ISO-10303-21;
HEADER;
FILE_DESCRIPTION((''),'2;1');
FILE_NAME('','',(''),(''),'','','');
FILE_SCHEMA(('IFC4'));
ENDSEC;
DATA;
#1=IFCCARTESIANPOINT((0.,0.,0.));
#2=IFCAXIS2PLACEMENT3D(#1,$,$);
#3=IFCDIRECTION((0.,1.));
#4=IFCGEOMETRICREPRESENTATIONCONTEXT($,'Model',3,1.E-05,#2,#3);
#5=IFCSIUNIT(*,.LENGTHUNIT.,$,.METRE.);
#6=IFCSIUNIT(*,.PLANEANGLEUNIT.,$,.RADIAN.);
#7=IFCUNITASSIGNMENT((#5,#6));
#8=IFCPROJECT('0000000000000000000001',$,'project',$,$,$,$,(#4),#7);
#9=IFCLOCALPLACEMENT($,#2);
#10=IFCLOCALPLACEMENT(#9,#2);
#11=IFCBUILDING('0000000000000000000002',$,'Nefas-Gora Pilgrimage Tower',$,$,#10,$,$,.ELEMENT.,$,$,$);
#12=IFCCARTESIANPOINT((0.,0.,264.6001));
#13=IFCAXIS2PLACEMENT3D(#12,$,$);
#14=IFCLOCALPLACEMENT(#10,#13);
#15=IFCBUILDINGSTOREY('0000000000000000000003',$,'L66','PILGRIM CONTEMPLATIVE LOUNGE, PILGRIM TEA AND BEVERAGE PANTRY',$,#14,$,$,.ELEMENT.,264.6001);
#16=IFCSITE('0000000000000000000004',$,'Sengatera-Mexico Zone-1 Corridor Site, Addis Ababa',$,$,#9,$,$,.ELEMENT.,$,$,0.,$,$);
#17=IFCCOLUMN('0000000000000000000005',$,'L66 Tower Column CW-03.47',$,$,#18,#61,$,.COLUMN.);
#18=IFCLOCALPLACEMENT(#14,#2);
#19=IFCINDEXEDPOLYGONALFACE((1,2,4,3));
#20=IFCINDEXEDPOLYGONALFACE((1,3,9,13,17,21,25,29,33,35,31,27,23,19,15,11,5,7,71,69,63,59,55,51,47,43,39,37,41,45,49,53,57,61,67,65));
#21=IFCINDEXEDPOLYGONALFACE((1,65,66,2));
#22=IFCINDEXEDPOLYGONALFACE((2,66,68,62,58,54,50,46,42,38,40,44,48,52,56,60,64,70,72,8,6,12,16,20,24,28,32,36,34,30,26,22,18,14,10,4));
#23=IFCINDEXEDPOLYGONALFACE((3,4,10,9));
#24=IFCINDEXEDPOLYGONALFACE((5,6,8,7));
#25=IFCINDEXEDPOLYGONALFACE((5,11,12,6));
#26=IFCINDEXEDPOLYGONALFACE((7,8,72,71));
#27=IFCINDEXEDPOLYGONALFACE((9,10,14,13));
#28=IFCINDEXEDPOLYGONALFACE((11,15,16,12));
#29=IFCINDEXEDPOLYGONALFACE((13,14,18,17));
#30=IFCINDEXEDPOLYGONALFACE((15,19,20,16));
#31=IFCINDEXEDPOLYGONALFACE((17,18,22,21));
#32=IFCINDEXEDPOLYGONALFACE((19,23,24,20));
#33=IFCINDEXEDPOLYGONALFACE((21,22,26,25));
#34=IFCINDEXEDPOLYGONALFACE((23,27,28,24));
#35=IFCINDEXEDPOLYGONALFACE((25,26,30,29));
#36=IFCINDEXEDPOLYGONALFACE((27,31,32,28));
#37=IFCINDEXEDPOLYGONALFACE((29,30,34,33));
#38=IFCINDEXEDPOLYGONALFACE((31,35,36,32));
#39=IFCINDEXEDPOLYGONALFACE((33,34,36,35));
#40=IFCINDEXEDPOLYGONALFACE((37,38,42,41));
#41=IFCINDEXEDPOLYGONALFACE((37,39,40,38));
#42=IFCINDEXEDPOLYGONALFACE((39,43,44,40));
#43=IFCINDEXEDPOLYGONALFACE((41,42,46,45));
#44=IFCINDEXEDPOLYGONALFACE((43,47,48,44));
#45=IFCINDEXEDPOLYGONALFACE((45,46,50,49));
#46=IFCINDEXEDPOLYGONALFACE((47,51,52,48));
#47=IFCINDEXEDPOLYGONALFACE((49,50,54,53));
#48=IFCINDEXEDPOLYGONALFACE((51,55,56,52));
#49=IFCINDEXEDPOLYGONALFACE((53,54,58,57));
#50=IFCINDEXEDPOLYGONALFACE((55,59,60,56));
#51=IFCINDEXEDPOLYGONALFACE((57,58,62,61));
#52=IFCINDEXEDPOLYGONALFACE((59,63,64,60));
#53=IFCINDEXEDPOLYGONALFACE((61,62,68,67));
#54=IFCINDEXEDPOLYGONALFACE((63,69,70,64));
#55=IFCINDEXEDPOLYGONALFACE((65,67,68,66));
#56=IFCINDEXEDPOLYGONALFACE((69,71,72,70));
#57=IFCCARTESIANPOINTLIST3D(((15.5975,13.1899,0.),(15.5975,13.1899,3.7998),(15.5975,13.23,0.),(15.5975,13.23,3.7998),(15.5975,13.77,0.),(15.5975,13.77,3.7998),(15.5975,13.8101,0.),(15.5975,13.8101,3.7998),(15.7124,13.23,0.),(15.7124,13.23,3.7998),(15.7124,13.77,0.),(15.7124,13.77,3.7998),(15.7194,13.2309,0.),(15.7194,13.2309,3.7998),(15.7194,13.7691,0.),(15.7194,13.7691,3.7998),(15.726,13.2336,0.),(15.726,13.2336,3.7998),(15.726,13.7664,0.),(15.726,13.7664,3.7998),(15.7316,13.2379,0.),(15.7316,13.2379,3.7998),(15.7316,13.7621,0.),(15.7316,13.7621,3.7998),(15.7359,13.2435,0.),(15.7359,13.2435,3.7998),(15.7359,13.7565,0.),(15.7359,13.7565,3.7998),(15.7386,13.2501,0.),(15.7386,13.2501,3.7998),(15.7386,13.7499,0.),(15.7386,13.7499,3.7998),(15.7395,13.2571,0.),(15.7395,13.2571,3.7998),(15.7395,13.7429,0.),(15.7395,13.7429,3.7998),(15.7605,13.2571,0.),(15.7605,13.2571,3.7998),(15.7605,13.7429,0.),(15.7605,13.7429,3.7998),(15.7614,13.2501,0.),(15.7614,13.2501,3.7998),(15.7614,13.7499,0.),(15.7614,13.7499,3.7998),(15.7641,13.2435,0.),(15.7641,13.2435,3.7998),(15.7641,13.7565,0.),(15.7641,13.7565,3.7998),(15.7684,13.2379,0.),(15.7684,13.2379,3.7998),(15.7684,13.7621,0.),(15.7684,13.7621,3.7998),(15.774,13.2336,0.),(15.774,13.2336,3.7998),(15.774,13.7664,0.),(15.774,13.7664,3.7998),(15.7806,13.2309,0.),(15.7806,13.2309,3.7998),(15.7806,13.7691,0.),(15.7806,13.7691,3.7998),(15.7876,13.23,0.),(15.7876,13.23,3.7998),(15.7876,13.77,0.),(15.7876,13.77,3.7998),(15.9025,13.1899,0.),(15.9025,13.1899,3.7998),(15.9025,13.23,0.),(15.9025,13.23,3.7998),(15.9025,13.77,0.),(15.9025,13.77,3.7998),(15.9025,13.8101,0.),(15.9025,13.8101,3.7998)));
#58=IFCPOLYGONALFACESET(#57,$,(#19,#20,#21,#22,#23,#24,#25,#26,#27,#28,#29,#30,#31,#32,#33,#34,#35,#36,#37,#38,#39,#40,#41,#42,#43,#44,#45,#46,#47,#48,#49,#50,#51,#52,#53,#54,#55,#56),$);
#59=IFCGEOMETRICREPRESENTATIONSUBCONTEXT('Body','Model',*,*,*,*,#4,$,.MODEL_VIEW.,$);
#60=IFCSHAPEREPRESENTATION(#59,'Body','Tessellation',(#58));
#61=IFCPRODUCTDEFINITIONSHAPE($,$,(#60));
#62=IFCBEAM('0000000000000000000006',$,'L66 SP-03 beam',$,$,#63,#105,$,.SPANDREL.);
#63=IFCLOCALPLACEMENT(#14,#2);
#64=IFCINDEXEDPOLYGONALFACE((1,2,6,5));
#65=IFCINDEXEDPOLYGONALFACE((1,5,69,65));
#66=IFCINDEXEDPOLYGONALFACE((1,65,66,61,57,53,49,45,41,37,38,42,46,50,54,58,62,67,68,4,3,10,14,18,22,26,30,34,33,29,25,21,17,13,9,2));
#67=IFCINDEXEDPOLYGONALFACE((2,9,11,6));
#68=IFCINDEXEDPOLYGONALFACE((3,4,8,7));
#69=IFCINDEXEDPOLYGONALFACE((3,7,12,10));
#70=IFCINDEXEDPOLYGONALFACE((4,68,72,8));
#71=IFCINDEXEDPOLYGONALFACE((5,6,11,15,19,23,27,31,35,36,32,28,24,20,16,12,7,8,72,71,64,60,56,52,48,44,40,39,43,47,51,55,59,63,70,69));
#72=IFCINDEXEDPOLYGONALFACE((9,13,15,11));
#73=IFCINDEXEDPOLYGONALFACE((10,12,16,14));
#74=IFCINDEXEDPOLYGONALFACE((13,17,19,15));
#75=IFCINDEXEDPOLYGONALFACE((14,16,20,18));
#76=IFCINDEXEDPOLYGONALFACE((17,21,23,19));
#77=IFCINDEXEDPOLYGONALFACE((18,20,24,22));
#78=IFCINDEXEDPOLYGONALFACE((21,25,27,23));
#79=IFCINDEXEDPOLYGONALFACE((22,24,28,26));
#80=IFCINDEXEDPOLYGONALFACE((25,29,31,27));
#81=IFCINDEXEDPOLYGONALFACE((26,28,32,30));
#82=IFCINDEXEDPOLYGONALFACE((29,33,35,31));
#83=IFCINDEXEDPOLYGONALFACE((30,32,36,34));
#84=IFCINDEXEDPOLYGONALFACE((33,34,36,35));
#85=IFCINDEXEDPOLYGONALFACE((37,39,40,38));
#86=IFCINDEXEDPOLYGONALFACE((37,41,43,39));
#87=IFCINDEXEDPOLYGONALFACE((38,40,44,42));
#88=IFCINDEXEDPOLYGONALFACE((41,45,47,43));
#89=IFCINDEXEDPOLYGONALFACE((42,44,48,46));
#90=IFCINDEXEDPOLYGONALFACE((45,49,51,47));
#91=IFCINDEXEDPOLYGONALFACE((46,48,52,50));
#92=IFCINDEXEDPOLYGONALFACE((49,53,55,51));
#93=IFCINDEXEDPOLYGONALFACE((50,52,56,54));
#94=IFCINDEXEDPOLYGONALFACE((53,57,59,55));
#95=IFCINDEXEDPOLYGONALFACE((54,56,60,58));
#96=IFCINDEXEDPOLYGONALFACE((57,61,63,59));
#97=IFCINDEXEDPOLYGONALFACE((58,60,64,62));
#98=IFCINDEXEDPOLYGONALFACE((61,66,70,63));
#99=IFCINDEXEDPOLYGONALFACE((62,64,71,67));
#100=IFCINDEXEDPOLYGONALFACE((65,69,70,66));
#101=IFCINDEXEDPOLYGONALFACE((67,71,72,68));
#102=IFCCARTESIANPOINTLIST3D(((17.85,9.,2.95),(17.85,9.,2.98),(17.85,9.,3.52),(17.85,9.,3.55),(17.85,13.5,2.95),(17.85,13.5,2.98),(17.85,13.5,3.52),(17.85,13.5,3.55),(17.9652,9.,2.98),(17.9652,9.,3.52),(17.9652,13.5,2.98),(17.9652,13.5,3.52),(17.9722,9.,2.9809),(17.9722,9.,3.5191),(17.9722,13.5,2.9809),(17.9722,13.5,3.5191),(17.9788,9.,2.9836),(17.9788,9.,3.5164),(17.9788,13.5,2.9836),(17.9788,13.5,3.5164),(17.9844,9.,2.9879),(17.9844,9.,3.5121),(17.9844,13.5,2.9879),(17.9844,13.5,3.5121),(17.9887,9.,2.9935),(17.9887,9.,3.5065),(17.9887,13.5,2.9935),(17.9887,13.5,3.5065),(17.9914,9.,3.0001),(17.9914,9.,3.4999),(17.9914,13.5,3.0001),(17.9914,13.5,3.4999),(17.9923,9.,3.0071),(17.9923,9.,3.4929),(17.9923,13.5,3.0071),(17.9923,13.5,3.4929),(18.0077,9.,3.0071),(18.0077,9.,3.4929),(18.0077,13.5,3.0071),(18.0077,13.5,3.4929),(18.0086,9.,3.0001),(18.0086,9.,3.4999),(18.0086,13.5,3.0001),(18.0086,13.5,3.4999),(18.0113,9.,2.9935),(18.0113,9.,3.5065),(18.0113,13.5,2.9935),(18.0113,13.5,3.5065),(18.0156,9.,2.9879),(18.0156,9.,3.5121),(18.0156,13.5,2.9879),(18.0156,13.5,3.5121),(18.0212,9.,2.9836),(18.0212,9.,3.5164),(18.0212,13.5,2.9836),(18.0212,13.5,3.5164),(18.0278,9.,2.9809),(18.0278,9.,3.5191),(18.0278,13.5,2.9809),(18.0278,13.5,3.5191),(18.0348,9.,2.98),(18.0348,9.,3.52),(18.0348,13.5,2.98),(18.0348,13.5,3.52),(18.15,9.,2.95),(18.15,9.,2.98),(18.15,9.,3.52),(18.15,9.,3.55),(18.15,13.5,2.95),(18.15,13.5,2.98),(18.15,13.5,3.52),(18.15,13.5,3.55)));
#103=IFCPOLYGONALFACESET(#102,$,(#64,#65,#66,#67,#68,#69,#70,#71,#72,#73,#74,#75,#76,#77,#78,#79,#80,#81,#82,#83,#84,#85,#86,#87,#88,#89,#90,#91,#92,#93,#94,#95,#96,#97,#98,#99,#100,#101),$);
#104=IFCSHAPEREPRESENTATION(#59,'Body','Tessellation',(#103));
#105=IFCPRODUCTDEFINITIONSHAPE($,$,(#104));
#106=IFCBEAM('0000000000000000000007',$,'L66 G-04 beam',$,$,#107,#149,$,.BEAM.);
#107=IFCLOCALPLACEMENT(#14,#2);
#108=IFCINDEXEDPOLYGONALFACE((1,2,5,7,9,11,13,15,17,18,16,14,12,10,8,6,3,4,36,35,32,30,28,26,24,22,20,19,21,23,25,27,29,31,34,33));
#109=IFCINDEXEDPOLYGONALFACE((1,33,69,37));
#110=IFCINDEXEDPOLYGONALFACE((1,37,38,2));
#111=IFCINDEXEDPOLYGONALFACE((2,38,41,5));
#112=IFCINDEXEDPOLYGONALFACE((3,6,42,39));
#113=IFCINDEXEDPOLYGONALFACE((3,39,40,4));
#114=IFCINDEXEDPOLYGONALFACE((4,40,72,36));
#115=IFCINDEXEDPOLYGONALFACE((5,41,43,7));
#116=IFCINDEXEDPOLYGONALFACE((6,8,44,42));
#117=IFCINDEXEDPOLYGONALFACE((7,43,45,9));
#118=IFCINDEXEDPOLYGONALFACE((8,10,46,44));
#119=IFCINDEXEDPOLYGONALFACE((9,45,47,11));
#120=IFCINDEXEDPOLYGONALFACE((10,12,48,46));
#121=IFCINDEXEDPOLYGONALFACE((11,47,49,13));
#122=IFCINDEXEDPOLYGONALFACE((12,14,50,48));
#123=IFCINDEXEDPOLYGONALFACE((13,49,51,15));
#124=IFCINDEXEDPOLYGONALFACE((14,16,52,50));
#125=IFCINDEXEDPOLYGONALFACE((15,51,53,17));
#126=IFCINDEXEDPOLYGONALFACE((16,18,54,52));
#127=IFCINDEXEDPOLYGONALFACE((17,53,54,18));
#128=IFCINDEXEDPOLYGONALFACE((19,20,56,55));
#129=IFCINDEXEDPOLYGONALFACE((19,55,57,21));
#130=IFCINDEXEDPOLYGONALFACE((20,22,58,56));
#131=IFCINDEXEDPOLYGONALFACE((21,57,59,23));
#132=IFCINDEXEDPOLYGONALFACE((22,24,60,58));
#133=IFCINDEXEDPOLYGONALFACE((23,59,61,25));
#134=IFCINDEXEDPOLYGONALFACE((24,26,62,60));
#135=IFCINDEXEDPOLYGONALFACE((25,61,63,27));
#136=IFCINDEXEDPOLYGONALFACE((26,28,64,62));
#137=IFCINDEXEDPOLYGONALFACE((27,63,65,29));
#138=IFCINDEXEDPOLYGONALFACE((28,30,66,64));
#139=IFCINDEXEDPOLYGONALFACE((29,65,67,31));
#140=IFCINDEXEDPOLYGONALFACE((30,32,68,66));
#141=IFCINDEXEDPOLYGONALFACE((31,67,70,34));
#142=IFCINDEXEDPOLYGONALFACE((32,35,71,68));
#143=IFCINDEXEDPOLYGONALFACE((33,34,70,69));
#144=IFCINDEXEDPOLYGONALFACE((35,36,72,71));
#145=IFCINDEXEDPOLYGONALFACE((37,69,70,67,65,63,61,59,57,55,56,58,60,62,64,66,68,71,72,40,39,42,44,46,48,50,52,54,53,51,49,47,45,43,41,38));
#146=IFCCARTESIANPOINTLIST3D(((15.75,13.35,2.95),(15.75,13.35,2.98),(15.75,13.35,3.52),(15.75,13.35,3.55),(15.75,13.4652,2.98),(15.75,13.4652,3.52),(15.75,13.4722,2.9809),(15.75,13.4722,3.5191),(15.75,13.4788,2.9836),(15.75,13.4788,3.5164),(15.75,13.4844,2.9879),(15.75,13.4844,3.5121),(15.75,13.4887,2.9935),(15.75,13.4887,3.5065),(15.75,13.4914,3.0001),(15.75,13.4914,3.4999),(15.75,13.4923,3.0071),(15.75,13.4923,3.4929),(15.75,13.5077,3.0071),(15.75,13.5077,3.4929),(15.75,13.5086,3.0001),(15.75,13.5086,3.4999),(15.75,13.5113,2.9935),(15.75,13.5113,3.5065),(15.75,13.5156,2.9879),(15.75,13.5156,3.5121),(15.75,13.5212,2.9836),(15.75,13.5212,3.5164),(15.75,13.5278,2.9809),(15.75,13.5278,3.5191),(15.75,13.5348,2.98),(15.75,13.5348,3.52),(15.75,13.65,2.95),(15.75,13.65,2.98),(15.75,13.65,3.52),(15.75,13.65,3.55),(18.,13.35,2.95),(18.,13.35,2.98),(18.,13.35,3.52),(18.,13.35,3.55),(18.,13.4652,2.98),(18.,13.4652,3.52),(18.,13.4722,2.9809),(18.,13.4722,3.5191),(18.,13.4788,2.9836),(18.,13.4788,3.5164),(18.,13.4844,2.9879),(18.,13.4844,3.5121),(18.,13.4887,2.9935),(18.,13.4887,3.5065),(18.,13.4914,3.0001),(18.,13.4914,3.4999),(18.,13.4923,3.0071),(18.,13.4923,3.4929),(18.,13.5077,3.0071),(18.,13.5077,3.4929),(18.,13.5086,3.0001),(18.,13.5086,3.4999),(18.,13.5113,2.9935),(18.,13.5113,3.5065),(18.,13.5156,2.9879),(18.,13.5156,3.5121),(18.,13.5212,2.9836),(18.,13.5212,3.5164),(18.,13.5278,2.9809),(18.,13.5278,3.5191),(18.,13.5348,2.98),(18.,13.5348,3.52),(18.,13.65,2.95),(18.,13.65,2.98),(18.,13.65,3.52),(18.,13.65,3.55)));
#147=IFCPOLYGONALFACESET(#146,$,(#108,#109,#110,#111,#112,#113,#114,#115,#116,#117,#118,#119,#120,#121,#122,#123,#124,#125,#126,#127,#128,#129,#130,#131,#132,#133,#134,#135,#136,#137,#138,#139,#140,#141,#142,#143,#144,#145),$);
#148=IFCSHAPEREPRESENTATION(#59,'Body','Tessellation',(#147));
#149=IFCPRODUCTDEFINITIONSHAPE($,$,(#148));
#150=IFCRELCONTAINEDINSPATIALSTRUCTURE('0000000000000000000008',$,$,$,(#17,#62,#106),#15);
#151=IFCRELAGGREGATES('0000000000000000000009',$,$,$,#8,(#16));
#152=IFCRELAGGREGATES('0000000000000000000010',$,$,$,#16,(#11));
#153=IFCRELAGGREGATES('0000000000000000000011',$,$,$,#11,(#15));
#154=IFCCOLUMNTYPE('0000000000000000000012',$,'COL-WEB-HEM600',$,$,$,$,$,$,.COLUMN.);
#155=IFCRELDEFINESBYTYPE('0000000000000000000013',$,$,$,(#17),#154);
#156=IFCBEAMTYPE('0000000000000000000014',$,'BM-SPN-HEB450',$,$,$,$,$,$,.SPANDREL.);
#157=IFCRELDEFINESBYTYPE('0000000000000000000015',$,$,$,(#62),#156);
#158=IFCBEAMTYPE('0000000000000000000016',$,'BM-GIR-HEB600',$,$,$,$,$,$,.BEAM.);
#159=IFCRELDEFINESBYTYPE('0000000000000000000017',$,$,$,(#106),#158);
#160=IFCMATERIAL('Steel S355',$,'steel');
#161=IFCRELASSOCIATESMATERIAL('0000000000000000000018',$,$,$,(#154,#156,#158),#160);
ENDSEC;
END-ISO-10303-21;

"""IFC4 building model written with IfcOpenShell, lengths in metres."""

from ifc_helpers import new_model, si_unit, direction, frame, origin, origin_2d, place, context, subcontext, project, spatial, i_section, extrude, source, transform, mapped, material, material_profile, profile_set, type_object, element, save


model = new_model("IFC4")

# Units and contexts
model_context = context("Model", 3, precision=1e-05, world=origin(), true_north=direction((0.0, 1.0)))
body_context = subcontext(model_context, "Body", "Model", "MODEL_VIEW")
ifc_project = project(units=[si_unit("LENGTHUNIT", "METRE"), si_unit("PLANEANGLEUNIT", "RADIAN")], contexts=[model_context])

# Site, building, storey
site_placement = place(None, origin())
site = spatial("IfcSite", under=ifc_project, at=site_placement, Name="Sengatera-Mexico Zone-1 Corridor Site, Addis Ababa", CompositionType="ELEMENT", RefElevation=0.0)
building_placement = place(site_placement, origin())
building = spatial("IfcBuilding", under=site, at=building_placement, Name="Nefas-Gora Pilgrimage Tower", CompositionType="ELEMENT")
storey_placement = place(building_placement, frame((0.0, 0.0, 264.6001)))
storey = spatial("IfcBuildingStorey", under=building, at=storey_placement, Name="L66", Description="PILGRIM CONTEMPLATIVE LOUNGE, PILGRIM TEA AND BEVERAGE PANTRY", CompositionType="ELEMENT", Elevation=264.6001)

# Column
ifc_material_1 = material(Name="Steel S355", Category="steel")
ifc_material_profile_1 = material_profile(ifc_material_1, i_section(OverallWidth=0.3049, OverallDepth=0.6201, WebThickness=0.021, FlangeThickness=0.04, FilletRadius=0.0271, at=origin_2d()), Name="HEM 600")
ifc_profile_set_1 = profile_set([ifc_material_profile_1], Name="Steel S355")
column_type_1 = type_object("IfcColumnType", Name="COL-WEB-HEM600", PredefinedType="COLUMN", material=ifc_profile_set_1)
shared_shape_1 = source(origin(), body_context, "Body", "SweptSolid", [
    extrude(i_section(OverallWidth=0.3049, OverallDepth=0.6201, WebThickness=0.021, FlangeThickness=0.04, FilletRadius=0.0271, at=origin_2d()), origin(), (0.0, 0.0, 1.0), 3.7998),
])
for number, where, z_axis, x_axis, name in (
    (1, (15.75, 13.5, 0.0), (0.0, 0.0, 1.0), (1.0, 0.0, 0.0), "L66 Tower Column CW-03.47"),
):
    element("IfcColumn", number, at=place(storey_placement, frame(where, z_axis=z_axis, x_axis=x_axis)), inside=storey, type_object=column_type_1, Name=name, PredefinedType="COLUMN", context=body_context, shape_type="MappedRepresentation", body=[
        mapped(shared_shape_1, transform((0.0, 0.0, 0.0), x_axis=(1.0, 0.0, 0.0), y_axis=(0.0, 1.0, 0.0), z_axis=(0.0, 0.0, 1.0), scale=1.0)),
    ])

# Beams
ifc_material_profile_2 = material_profile(ifc_material_1, i_section(OverallWidth=0.3, OverallDepth=0.6001, WebThickness=0.0154, FlangeThickness=0.03, FilletRadius=0.0271, at=origin_2d()), Name="HEB 600")
ifc_profile_set_2 = profile_set([ifc_material_profile_2], Name="Steel S355")
beam_type_1 = type_object("IfcBeamType", Name="BM-SPN-HEB450", PredefinedType="SPANDREL", material=ifc_profile_set_2)
shared_shape_2 = source(origin(), body_context, "Body", "SweptSolid", [
    extrude(i_section(OverallWidth=0.3, OverallDepth=0.6001, WebThickness=0.0154, FlangeThickness=0.03, FilletRadius=0.0271, at=origin_2d()), origin(), (0.0, 0.0, 1.0), 4.5),
])
beam_1_placement = place(storey_placement, frame((18.0, 9.0, 3.25), z_axis=(0.0, 1.0, 0.0), x_axis=(-1.0, 0.0, 0.0)))
element("IfcBeam", 2, at=beam_1_placement, inside=storey, type_object=beam_type_1, Name="L66 SP-03 beam", PredefinedType="SPANDREL", context=body_context, shape_type="MappedRepresentation", body=[
    mapped(shared_shape_2, transform((0.0, 0.0, 0.0), x_axis=(1.0, 0.0, 0.0), y_axis=(0.0, 1.0, 0.0), z_axis=(0.0, 0.0, 1.0), scale=1.0)),
])
ifc_material_profile_3 = material_profile(ifc_material_1, i_section(OverallWidth=0.3, OverallDepth=0.6001, WebThickness=0.0154, FlangeThickness=0.03, FilletRadius=0.0271, at=origin_2d()), Name="HEB 600")
ifc_profile_set_3 = profile_set([ifc_material_profile_3], Name="Steel S355")
beam_type_2 = type_object("IfcBeamType", Name="BM-GIR-HEB600", PredefinedType="BEAM", material=ifc_profile_set_3)
shared_shape_3 = source(origin(), body_context, "Body", "SweptSolid", [
    extrude(i_section(OverallWidth=0.3, OverallDepth=0.6001, WebThickness=0.0154, FlangeThickness=0.03, FilletRadius=0.0271, at=origin_2d()), origin(), (0.0, 0.0, 1.0), 2.25),
])
beam_2_placement = place(storey_placement, frame((15.75, 13.5, 3.25), z_axis=(1.0, 0.0, 0.0), x_axis=(0.0, 1.0, 0.0)))
element("IfcBeam", 3, at=beam_2_placement, inside=storey, type_object=beam_type_2, Name="L66 G-04 beam", PredefinedType="BEAM", context=body_context, shape_type="MappedRepresentation", body=[
    mapped(shared_shape_3, transform((0.0, 0.0, 0.0), x_axis=(1.0, 0.0, 0.0), y_axis=(0.0, 1.0, 0.0), z_axis=(0.0, 0.0, 1.0), scale=1.0)),
])

save(model, "model.ifc")
